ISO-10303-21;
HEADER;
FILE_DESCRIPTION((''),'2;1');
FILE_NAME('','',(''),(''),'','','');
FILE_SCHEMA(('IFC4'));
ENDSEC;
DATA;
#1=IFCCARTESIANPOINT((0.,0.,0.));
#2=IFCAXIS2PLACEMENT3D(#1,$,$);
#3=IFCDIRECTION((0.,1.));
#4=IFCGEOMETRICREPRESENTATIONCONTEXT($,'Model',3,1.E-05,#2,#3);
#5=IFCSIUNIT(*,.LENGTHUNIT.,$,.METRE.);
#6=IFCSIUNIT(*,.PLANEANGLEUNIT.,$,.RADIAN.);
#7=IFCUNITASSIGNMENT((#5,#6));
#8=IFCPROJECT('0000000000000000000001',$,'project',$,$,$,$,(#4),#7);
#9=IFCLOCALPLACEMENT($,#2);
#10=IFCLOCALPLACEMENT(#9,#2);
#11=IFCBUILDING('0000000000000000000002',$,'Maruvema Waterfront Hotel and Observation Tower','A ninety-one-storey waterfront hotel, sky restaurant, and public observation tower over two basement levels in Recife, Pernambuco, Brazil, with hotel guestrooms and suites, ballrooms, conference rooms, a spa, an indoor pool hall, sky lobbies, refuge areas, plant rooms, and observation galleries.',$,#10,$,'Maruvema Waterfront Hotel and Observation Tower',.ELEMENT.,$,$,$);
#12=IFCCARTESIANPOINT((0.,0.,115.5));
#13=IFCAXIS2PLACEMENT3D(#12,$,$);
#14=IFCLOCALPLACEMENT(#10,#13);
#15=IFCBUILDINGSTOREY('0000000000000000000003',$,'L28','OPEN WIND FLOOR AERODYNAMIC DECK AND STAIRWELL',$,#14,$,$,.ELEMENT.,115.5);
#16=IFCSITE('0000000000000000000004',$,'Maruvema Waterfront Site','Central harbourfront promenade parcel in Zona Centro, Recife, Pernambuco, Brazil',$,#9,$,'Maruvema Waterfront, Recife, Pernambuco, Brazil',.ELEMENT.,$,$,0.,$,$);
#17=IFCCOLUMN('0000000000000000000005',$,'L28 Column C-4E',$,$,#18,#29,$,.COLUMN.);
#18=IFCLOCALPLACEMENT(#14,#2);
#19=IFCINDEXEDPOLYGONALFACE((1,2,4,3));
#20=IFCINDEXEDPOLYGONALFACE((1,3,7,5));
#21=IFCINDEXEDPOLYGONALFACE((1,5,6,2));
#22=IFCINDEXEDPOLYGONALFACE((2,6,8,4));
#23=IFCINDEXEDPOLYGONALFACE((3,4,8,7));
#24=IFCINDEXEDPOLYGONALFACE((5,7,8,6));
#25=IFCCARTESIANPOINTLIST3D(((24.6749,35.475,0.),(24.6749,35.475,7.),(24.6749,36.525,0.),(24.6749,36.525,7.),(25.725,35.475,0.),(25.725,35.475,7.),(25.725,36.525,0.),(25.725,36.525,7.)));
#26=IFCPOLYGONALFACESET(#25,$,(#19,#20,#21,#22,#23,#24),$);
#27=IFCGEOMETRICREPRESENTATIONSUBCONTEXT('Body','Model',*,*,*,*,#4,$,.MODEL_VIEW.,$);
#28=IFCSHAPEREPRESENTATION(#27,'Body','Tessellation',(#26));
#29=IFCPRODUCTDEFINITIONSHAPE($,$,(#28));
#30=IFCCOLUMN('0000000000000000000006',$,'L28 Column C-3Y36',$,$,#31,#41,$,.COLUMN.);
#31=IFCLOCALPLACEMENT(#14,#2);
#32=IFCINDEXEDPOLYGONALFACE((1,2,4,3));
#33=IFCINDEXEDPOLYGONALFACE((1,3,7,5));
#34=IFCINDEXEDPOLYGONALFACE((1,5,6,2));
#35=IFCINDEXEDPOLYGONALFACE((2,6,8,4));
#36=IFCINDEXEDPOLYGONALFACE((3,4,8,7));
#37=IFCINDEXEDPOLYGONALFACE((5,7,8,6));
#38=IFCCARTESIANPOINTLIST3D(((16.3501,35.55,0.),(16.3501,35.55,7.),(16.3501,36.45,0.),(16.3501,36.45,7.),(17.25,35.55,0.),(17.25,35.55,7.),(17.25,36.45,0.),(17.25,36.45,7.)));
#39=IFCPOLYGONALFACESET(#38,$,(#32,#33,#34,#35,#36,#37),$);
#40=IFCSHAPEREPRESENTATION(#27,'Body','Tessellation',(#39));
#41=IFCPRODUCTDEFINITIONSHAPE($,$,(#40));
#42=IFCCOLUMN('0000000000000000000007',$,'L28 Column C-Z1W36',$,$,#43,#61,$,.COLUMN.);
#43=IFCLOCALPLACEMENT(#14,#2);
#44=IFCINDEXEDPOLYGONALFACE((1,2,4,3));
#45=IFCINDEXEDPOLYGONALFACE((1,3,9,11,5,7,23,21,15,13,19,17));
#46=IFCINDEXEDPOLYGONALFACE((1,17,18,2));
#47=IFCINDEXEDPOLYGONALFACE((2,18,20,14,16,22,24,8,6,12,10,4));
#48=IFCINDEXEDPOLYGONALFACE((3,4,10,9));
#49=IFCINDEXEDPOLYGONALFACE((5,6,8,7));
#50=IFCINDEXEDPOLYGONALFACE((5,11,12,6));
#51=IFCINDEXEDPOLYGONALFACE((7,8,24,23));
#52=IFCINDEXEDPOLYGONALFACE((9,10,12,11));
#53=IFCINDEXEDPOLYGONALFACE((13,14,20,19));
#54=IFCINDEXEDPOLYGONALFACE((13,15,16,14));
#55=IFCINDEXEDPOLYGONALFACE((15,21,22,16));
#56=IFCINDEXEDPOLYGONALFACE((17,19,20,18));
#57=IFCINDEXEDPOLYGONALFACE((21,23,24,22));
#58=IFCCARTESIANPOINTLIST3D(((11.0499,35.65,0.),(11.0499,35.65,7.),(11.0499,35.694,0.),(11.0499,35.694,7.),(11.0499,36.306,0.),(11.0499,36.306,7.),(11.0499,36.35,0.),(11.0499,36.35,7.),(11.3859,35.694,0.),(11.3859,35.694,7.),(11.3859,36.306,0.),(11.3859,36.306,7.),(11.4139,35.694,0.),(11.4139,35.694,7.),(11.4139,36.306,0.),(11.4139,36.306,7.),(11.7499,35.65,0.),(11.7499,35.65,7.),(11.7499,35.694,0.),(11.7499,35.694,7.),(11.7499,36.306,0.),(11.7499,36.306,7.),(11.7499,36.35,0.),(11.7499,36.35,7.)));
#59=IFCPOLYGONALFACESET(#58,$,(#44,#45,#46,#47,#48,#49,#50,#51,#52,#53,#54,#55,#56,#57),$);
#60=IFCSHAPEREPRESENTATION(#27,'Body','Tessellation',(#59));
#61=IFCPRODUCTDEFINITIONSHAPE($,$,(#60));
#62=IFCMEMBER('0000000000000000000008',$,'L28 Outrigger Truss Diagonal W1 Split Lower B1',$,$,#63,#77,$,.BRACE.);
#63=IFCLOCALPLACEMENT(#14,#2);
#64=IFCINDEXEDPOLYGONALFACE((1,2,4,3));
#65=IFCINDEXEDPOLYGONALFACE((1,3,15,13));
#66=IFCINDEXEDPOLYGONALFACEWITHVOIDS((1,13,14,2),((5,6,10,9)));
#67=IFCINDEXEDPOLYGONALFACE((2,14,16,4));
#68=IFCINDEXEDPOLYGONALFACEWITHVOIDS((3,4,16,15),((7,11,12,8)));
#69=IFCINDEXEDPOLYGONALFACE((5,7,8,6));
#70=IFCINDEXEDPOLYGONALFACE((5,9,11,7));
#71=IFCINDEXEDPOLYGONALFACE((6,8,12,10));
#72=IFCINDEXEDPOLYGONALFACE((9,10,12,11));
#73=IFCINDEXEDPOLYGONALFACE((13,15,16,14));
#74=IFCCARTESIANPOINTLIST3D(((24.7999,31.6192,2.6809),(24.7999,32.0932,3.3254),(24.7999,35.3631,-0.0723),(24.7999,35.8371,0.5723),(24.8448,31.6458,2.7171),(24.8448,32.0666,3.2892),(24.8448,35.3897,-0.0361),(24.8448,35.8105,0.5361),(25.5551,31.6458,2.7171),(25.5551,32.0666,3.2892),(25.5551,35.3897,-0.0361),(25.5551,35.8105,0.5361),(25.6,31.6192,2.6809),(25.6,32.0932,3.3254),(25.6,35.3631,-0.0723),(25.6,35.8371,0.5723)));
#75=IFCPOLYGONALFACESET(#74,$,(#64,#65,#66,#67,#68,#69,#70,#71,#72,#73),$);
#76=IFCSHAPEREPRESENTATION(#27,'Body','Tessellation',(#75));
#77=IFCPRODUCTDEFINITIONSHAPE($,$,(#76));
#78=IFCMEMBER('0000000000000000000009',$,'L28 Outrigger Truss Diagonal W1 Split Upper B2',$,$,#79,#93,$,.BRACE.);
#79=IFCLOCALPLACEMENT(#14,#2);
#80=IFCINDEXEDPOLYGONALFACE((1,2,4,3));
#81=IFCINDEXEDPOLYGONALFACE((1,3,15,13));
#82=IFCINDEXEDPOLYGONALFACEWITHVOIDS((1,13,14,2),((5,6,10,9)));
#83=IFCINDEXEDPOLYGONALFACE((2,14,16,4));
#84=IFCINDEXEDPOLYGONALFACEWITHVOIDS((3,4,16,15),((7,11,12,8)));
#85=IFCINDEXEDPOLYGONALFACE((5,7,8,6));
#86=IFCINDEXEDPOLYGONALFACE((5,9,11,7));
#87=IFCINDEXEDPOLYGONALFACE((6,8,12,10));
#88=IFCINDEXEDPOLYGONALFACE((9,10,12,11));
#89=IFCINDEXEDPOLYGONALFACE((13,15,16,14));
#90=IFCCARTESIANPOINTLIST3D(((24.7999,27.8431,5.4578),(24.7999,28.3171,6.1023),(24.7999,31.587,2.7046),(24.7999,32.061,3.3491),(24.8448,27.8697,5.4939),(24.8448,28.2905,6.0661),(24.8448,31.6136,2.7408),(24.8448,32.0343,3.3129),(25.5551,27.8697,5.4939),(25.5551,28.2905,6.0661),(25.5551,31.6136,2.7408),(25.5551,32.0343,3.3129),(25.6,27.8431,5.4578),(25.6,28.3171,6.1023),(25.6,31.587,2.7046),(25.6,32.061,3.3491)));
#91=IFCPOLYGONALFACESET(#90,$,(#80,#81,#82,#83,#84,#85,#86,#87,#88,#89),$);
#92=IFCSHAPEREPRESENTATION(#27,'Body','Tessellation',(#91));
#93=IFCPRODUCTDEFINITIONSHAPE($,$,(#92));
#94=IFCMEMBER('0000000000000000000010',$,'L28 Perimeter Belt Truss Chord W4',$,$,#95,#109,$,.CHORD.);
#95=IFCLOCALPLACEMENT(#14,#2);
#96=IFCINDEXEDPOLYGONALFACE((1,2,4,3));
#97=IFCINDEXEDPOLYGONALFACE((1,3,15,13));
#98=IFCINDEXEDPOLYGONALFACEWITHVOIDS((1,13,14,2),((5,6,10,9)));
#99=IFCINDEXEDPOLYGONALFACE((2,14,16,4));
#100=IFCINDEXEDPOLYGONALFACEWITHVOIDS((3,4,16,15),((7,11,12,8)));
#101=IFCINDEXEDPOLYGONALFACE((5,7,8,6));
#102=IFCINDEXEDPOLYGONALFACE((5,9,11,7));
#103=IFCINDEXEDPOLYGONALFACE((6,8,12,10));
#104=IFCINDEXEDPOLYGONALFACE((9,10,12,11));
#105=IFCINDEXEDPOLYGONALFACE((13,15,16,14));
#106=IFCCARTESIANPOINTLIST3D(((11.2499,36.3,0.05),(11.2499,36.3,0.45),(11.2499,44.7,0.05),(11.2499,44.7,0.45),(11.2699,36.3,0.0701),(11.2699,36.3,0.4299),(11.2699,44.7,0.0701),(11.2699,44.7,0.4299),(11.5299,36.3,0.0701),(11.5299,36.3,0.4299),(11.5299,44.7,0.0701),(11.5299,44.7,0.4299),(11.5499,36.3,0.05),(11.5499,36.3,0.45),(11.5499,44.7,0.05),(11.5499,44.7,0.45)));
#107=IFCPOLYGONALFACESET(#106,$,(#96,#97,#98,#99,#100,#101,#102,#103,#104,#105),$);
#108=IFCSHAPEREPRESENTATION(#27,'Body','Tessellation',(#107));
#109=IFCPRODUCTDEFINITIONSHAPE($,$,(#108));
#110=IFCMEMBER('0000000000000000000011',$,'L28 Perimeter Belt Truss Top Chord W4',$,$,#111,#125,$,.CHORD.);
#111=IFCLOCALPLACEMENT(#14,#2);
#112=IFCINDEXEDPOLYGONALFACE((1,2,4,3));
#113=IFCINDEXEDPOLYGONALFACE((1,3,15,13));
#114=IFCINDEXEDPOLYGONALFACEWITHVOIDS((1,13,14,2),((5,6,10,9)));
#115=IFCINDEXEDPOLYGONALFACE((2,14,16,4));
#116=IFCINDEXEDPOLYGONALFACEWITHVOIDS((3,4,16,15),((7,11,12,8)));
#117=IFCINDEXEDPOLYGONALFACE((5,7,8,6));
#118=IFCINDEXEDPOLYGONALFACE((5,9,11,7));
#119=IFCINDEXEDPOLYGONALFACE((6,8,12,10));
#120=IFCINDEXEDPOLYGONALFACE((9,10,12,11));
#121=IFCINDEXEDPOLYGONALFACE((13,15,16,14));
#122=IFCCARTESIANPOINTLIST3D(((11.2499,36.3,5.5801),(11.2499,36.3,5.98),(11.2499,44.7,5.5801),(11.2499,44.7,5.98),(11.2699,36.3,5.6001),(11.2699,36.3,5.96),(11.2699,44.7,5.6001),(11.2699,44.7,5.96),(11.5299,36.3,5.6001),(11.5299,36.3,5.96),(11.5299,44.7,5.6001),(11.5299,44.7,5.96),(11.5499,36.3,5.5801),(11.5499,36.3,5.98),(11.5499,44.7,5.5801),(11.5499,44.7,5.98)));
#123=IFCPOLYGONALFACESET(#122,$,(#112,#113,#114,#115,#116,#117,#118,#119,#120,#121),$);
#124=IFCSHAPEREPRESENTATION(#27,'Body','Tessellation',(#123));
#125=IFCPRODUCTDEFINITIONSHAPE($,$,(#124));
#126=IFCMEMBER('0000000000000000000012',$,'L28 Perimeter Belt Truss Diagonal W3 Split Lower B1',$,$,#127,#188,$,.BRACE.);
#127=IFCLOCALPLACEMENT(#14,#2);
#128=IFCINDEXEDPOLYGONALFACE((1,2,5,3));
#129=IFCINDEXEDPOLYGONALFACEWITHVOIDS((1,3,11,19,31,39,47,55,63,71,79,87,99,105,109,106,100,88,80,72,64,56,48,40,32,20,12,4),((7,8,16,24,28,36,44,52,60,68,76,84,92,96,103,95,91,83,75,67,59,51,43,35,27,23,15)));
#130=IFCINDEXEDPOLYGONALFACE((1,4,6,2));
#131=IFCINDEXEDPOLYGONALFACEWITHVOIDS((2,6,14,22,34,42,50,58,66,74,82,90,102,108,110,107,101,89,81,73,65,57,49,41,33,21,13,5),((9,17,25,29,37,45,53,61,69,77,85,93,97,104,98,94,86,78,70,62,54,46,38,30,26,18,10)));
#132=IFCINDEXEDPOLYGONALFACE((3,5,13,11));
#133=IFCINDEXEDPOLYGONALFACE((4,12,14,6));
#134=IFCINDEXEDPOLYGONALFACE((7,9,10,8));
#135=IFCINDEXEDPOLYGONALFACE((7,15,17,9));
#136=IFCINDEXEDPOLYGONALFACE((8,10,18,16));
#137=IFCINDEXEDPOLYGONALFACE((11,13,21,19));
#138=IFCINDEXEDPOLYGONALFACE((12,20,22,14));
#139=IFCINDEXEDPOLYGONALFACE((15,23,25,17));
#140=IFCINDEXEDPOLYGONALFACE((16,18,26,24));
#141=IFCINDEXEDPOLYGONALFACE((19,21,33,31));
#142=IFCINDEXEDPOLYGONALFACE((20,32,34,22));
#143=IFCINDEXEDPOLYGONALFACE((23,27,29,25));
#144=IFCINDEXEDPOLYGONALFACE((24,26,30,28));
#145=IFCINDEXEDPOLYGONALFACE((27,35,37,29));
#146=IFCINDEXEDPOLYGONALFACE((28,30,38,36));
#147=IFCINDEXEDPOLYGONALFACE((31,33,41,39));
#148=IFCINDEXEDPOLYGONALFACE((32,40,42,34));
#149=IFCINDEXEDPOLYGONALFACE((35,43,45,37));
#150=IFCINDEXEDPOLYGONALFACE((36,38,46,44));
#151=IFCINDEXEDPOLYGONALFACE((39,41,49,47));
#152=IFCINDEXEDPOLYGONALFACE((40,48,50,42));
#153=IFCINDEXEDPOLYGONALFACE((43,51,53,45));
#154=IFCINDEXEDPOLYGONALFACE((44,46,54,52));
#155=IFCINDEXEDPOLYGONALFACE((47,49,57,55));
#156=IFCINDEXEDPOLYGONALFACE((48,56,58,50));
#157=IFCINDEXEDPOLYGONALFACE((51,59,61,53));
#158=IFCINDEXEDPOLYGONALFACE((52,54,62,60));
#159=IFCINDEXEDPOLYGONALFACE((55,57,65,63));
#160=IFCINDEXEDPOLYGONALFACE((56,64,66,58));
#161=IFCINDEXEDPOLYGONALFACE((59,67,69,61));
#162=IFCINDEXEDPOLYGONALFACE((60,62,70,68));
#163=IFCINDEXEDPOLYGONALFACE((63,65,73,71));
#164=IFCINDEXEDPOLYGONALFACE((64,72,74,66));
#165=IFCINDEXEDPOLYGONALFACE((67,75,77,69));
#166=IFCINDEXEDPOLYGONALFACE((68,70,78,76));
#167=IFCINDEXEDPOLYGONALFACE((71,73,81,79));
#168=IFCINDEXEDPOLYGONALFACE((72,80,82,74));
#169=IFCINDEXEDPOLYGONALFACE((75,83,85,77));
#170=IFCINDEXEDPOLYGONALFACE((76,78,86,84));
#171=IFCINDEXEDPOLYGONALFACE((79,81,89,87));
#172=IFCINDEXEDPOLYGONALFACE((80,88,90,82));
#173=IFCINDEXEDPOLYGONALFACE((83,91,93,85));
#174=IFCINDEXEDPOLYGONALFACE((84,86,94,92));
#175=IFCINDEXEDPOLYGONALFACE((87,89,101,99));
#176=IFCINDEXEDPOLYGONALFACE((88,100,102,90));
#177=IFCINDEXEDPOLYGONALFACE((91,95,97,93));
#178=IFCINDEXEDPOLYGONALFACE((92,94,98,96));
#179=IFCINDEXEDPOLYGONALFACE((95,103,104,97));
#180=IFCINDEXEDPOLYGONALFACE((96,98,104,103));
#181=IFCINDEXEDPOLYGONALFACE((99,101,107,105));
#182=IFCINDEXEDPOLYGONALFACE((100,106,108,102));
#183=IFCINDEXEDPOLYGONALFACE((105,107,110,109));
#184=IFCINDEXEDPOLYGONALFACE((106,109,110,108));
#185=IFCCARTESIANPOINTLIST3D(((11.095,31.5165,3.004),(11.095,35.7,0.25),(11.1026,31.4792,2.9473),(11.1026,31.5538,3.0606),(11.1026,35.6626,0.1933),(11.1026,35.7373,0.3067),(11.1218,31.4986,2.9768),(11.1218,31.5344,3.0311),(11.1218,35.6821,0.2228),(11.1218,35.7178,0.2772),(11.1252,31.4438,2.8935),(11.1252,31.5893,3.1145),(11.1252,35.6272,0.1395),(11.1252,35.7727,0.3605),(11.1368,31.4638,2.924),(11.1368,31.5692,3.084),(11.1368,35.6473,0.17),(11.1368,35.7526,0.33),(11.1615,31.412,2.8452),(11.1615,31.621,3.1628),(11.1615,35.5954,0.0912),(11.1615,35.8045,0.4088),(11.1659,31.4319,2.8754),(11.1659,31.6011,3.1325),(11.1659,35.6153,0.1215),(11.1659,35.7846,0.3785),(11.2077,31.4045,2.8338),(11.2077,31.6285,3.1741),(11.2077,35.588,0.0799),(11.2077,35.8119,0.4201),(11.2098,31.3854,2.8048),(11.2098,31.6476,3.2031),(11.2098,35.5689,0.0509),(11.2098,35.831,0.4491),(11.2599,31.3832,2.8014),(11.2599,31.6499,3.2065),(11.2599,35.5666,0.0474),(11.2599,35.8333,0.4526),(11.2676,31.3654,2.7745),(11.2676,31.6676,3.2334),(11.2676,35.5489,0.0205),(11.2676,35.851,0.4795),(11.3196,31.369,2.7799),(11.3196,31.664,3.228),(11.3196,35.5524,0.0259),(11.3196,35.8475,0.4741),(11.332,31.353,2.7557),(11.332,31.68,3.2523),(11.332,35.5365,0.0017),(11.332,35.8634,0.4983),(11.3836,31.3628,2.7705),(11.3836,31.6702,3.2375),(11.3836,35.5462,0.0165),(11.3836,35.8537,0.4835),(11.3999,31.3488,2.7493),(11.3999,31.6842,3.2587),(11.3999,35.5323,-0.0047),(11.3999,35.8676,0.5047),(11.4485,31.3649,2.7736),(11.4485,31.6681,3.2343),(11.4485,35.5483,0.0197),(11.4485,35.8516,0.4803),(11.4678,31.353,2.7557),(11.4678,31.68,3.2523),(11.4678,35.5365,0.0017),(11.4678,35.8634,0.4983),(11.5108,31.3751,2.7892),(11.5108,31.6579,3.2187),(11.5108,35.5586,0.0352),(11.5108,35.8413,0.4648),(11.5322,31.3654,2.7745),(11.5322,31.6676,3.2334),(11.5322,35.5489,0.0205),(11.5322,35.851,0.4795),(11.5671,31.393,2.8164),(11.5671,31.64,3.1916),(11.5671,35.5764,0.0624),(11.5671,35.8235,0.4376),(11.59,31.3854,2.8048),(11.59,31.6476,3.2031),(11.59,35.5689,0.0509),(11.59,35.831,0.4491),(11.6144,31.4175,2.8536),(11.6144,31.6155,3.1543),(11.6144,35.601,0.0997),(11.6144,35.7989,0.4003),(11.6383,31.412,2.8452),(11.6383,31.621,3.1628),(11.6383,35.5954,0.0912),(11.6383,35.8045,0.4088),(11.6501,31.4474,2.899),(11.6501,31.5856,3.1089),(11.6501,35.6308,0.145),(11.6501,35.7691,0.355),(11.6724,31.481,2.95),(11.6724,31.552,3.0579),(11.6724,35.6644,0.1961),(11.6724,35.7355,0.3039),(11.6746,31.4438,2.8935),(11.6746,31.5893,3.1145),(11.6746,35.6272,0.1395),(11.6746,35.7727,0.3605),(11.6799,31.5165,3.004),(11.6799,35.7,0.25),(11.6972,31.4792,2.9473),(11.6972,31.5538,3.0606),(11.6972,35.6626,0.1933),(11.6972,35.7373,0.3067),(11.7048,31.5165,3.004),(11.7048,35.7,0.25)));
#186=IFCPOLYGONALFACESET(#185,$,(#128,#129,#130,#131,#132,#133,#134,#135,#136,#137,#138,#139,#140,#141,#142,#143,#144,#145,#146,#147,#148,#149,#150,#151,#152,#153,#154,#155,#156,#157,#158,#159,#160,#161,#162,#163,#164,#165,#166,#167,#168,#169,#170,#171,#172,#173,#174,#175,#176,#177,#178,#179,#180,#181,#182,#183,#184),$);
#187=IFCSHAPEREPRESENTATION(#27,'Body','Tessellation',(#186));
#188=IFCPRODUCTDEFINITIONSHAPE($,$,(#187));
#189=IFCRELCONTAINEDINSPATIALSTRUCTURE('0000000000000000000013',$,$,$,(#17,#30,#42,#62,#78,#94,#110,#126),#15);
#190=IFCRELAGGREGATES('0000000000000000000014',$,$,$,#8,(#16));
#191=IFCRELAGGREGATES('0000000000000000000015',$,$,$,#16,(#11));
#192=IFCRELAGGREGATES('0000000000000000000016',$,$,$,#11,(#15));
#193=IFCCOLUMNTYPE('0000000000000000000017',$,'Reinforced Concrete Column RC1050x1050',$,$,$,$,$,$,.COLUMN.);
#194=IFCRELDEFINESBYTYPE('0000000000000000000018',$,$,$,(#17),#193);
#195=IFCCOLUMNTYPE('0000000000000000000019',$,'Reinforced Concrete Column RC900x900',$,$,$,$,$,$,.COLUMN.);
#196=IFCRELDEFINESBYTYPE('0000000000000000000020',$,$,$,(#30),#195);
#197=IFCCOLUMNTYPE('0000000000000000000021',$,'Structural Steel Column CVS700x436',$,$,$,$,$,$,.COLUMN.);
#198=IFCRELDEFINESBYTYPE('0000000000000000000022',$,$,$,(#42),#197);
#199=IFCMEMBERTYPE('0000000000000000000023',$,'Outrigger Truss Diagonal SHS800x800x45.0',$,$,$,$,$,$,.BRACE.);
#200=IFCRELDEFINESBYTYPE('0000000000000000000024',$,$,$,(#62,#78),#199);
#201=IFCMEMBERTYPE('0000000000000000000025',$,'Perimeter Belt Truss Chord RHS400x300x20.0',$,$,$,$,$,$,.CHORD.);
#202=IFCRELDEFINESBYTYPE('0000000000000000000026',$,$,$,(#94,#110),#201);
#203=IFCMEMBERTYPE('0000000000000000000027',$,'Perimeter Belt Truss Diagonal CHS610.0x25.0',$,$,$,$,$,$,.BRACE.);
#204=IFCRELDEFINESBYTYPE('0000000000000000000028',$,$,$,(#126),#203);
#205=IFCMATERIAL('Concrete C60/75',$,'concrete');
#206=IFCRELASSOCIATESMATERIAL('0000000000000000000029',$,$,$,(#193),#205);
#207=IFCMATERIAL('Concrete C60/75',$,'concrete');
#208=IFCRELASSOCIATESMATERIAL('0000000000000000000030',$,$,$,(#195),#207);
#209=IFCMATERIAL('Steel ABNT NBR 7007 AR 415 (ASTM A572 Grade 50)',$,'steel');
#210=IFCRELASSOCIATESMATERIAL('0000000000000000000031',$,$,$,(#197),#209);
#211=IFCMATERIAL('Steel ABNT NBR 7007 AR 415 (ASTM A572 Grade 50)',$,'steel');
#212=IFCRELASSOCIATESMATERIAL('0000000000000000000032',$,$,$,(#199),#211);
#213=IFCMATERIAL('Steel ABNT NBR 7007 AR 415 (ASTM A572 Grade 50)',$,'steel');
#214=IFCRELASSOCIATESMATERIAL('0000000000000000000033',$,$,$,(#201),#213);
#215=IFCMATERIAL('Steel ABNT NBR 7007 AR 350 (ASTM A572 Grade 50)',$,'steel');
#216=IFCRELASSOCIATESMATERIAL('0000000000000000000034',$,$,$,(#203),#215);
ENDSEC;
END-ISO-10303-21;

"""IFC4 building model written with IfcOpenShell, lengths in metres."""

from ifc_helpers import new_model, si_unit, direction, frame, origin, origin_2d, place, context, subcontext, project, spatial, rectangle, hollow_rectangle, hollow_circle, i_section, extrude, material, material_profile, profile_set, type_object, element, save


model = new_model("IFC4")

# Units and contexts
model_context = context("Model", 3, precision=1e-05, world=origin(), true_north=direction((0.0, 1.0)))
body_context = subcontext(model_context, "Body", "Model", "MODEL_VIEW")
ifc_project = project(units=[si_unit("LENGTHUNIT", "METRE"), si_unit("PLANEANGLEUNIT", "RADIAN")], contexts=[model_context])

# Site, building, storey
site_placement = place(None, origin())
site = spatial("IfcSite", under=ifc_project, at=site_placement, Name="Maruvema Waterfront Site", Description="Central harbourfront promenade parcel in Zona Centro, Recife, Pernambuco, Brazil", LongName="Maruvema Waterfront, Recife, Pernambuco, Brazil", CompositionType="ELEMENT", RefElevation=0.0)
building_placement = place(site_placement, origin())
building = spatial("IfcBuilding", under=site, at=building_placement, Name="Maruvema Waterfront Hotel and Observation Tower", Description="A ninety-one-storey waterfront hotel, sky restaurant, and public observation tower over two basement levels in Recife, Pernambuco, Brazil, with hotel guestrooms and suites, ballrooms, conference rooms, a spa, an indoor pool hall, sky lobbies, refuge areas, plant rooms, and observation galleries.", LongName="Maruvema Waterfront Hotel and Observation Tower", CompositionType="ELEMENT")
storey_placement = place(building_placement, frame((0.0, 0.0, 115.5)))
storey = spatial("IfcBuildingStorey", under=building, at=storey_placement, Name="L28", Description="OPEN WIND FLOOR AERODYNAMIC DECK AND STAIRWELL", CompositionType="ELEMENT", Elevation=115.5)

# Columns
ifc_material_1 = material(Name="Concrete C60/75", Category="concrete")
ifc_material_profile_1 = material_profile(ifc_material_1, rectangle(XDim=1.05, YDim=1.05, at=origin_2d()), Name="RC1050x1050")
ifc_profile_set_1 = profile_set([ifc_material_profile_1], Name="Concrete C60/75")
column_type_1 = type_object("IfcColumnType", Name="Reinforced Concrete Column RC1050x1050", PredefinedType="COLUMN", material=ifc_profile_set_1)
column_1_placement = place(storey_placement, frame((25.2, 36.0, 0.0), z_axis=(0.0, 0.0, 1.0), x_axis=(1.0, 0.0, 0.0)))
element("IfcColumn", 1, at=column_1_placement, inside=storey, type_object=column_type_1, Name="L28 Column C-4E", PredefinedType="COLUMN", context=body_context, shape_type="SweptSolid", body=[
    extrude(rectangle(XDim=1.05, YDim=1.05, at=origin_2d()), origin(), (0.0, 0.0, 1.0), 7.0),
])
ifc_material_2 = material(Name="Concrete C60/75", Category="concrete")
ifc_material_profile_2 = material_profile(ifc_material_2, rectangle(XDim=0.8999, YDim=0.8999, at=origin_2d()), Name="RC900x900")
ifc_profile_set_2 = profile_set([ifc_material_profile_2], Name="Concrete C60/75")
column_type_2 = type_object("IfcColumnType", Name="Reinforced Concrete Column RC900x900", PredefinedType="COLUMN", material=ifc_profile_set_2)
column_2_placement = place(storey_placement, frame((16.8, 36.0, 0.0), z_axis=(0.0, 0.0, 1.0), x_axis=(1.0, 0.0, 0.0)))
element("IfcColumn", 2, at=column_2_placement, inside=storey, type_object=column_type_2, Name="L28 Column C-3Y36", PredefinedType="COLUMN", context=body_context, shape_type="SweptSolid", body=[
    extrude(rectangle(XDim=0.8999, YDim=0.8999, at=origin_2d()), origin(), (0.0, 0.0, 1.0), 7.0),
])
ifc_material_3 = material(Name="Steel ABNT NBR 7007 AR 415 (ASTM A572 Grade 50)", Category="steel")
ifc_material_profile_3 = material_profile(ifc_material_3, i_section(OverallWidth=0.7, OverallDepth=0.7, WebThickness=0.0281, FlangeThickness=0.0439, at=origin_2d()), Name="CVS700x436")
ifc_profile_set_3 = profile_set([ifc_material_profile_3], Name="Steel ABNT NBR 7007 AR 415 (ASTM A572 Grade 50)")
column_type_3 = type_object("IfcColumnType", Name="Structural Steel Column CVS700x436", PredefinedType="COLUMN", material=ifc_profile_set_3)
column_3_placement = place(storey_placement, frame((11.3999, 36.0, 0.0), z_axis=(0.0, 0.0, 1.0), x_axis=(1.0, 0.0, 0.0)))
element("IfcColumn", 3, at=column_3_placement, inside=storey, type_object=column_type_3, Name="L28 Column C-Z1W36", PredefinedType="COLUMN", context=body_context, shape_type="SweptSolid", body=[
    extrude(i_section(OverallWidth=0.7, OverallDepth=0.7, WebThickness=0.0281, FlangeThickness=0.0439, at=origin_2d()), origin(), (0.0, 0.0, 1.0), 7.0),
])

# Members
ifc_material_4 = material(Name="Steel ABNT NBR 7007 AR 415 (ASTM A572 Grade 50)", Category="steel")
ifc_material_profile_4 = material_profile(ifc_material_4, hollow_rectangle(XDim=0.8, YDim=0.8, WallThickness=0.0449, at=origin_2d()), Name="SHS800x800x45.0")
ifc_profile_set_4 = profile_set([ifc_material_profile_4], Name="Steel ABNT NBR 7007 AR 415 (ASTM A572 Grade 50)")
member_type_1 = type_object("IfcMemberType", Name="Outrigger Truss Diagonal SHS800x800x45.0", PredefinedType="BRACE", material=ifc_profile_set_4)
for number, where, z_axis, x_axis, name in (
    (4, (25.2, 35.6001, 0.25), (0.0, -0.805619, 0.592434), (1.0, 0.0, 0.0), "L28 Outrigger Truss Diagonal W1 Split Lower B1"),
    (5, (25.2, 31.824, 3.0269), (0.0, -0.805619, 0.592434), (1.0, 0.0, 0.0), "L28 Outrigger Truss Diagonal W1 Split Upper B2"),
):
    element("IfcMember", number, at=place(storey_placement, frame(where, z_axis=z_axis, x_axis=x_axis)), inside=storey, type_object=member_type_1, Name=name, PredefinedType="BRACE", context=body_context, shape_type="SweptSolid", body=[
        extrude(hollow_rectangle(XDim=0.8, YDim=0.8, WallThickness=0.0449, at=origin_2d()), origin(), (0.0, 0.0, 1.0), 4.6472),
    ])
ifc_material_5 = material(Name="Steel ABNT NBR 7007 AR 415 (ASTM A572 Grade 50)", Category="steel")
ifc_material_profile_5 = material_profile(ifc_material_5, hollow_rectangle(XDim=0.3, YDim=0.3999, WallThickness=0.02, at=origin_2d()), Name="RHS400x300x20.0")
ifc_profile_set_5 = profile_set([ifc_material_profile_5], Name="Steel ABNT NBR 7007 AR 415 (ASTM A572 Grade 50)")
member_type_2 = type_object("IfcMemberType", Name="Perimeter Belt Truss Chord RHS400x300x20.0", PredefinedType="CHORD", material=ifc_profile_set_5)
for number, where, z_axis, x_axis, name in (
    (6, (11.3999, 36.3, 0.25), (0.0, 1.0, 0.0), (-1.0, 0.0, 0.0), "L28 Perimeter Belt Truss Chord W4"),
    (7, (11.3999, 36.3, 5.78), (0.0, 1.0, 0.0), (-1.0, 0.0, 0.0), "L28 Perimeter Belt Truss Top Chord W4"),
):
    element("IfcMember", number, at=place(storey_placement, frame(where, z_axis=z_axis, x_axis=x_axis)), inside=storey, type_object=member_type_2, Name=name, PredefinedType="CHORD", context=body_context, shape_type="SweptSolid", body=[
        extrude(hollow_rectangle(XDim=0.3, YDim=0.3999, WallThickness=0.02, at=origin_2d()), origin(), (0.0, 0.0, 1.0), 8.3999),
    ])
ifc_material_6 = material(Name="Steel ABNT NBR 7007 AR 350 (ASTM A572 Grade 50)", Category="steel")
ifc_material_profile_6 = material_profile(ifc_material_6, hollow_circle(Radius=0.3049, WallThickness=0.0249, at=origin_2d()), Name="CHS610.0x25.0")
ifc_profile_set_6 = profile_set([ifc_material_profile_6], Name="Steel ABNT NBR 7007 AR 350 (ASTM A572 Grade 50)")
member_type_3 = type_object("IfcMemberType", Name="Perimeter Belt Truss Diagonal CHS610.0x25.0", PredefinedType="BRACE", material=ifc_profile_set_6)
for number, where, z_axis, x_axis, name in (
    (8, (11.3999, 35.7, 0.25), (0.0, -0.835261, 0.549854), (1.0, 0.0, 0.0), "L28 Perimeter Belt Truss Diagonal W3 Split Lower B1"),
):
    element("IfcMember", number, at=place(storey_placement, frame(where, z_axis=z_axis, x_axis=x_axis)), inside=storey, type_object=member_type_3, Name=name, PredefinedType="BRACE", context=body_context, shape_type="SweptSolid", body=[
        extrude(hollow_circle(Radius=0.3049, WallThickness=0.0249, at=origin_2d()), origin(), (0.0, 0.0, 1.0), 5.0085),
    ])

save(model, "model.ifc")
